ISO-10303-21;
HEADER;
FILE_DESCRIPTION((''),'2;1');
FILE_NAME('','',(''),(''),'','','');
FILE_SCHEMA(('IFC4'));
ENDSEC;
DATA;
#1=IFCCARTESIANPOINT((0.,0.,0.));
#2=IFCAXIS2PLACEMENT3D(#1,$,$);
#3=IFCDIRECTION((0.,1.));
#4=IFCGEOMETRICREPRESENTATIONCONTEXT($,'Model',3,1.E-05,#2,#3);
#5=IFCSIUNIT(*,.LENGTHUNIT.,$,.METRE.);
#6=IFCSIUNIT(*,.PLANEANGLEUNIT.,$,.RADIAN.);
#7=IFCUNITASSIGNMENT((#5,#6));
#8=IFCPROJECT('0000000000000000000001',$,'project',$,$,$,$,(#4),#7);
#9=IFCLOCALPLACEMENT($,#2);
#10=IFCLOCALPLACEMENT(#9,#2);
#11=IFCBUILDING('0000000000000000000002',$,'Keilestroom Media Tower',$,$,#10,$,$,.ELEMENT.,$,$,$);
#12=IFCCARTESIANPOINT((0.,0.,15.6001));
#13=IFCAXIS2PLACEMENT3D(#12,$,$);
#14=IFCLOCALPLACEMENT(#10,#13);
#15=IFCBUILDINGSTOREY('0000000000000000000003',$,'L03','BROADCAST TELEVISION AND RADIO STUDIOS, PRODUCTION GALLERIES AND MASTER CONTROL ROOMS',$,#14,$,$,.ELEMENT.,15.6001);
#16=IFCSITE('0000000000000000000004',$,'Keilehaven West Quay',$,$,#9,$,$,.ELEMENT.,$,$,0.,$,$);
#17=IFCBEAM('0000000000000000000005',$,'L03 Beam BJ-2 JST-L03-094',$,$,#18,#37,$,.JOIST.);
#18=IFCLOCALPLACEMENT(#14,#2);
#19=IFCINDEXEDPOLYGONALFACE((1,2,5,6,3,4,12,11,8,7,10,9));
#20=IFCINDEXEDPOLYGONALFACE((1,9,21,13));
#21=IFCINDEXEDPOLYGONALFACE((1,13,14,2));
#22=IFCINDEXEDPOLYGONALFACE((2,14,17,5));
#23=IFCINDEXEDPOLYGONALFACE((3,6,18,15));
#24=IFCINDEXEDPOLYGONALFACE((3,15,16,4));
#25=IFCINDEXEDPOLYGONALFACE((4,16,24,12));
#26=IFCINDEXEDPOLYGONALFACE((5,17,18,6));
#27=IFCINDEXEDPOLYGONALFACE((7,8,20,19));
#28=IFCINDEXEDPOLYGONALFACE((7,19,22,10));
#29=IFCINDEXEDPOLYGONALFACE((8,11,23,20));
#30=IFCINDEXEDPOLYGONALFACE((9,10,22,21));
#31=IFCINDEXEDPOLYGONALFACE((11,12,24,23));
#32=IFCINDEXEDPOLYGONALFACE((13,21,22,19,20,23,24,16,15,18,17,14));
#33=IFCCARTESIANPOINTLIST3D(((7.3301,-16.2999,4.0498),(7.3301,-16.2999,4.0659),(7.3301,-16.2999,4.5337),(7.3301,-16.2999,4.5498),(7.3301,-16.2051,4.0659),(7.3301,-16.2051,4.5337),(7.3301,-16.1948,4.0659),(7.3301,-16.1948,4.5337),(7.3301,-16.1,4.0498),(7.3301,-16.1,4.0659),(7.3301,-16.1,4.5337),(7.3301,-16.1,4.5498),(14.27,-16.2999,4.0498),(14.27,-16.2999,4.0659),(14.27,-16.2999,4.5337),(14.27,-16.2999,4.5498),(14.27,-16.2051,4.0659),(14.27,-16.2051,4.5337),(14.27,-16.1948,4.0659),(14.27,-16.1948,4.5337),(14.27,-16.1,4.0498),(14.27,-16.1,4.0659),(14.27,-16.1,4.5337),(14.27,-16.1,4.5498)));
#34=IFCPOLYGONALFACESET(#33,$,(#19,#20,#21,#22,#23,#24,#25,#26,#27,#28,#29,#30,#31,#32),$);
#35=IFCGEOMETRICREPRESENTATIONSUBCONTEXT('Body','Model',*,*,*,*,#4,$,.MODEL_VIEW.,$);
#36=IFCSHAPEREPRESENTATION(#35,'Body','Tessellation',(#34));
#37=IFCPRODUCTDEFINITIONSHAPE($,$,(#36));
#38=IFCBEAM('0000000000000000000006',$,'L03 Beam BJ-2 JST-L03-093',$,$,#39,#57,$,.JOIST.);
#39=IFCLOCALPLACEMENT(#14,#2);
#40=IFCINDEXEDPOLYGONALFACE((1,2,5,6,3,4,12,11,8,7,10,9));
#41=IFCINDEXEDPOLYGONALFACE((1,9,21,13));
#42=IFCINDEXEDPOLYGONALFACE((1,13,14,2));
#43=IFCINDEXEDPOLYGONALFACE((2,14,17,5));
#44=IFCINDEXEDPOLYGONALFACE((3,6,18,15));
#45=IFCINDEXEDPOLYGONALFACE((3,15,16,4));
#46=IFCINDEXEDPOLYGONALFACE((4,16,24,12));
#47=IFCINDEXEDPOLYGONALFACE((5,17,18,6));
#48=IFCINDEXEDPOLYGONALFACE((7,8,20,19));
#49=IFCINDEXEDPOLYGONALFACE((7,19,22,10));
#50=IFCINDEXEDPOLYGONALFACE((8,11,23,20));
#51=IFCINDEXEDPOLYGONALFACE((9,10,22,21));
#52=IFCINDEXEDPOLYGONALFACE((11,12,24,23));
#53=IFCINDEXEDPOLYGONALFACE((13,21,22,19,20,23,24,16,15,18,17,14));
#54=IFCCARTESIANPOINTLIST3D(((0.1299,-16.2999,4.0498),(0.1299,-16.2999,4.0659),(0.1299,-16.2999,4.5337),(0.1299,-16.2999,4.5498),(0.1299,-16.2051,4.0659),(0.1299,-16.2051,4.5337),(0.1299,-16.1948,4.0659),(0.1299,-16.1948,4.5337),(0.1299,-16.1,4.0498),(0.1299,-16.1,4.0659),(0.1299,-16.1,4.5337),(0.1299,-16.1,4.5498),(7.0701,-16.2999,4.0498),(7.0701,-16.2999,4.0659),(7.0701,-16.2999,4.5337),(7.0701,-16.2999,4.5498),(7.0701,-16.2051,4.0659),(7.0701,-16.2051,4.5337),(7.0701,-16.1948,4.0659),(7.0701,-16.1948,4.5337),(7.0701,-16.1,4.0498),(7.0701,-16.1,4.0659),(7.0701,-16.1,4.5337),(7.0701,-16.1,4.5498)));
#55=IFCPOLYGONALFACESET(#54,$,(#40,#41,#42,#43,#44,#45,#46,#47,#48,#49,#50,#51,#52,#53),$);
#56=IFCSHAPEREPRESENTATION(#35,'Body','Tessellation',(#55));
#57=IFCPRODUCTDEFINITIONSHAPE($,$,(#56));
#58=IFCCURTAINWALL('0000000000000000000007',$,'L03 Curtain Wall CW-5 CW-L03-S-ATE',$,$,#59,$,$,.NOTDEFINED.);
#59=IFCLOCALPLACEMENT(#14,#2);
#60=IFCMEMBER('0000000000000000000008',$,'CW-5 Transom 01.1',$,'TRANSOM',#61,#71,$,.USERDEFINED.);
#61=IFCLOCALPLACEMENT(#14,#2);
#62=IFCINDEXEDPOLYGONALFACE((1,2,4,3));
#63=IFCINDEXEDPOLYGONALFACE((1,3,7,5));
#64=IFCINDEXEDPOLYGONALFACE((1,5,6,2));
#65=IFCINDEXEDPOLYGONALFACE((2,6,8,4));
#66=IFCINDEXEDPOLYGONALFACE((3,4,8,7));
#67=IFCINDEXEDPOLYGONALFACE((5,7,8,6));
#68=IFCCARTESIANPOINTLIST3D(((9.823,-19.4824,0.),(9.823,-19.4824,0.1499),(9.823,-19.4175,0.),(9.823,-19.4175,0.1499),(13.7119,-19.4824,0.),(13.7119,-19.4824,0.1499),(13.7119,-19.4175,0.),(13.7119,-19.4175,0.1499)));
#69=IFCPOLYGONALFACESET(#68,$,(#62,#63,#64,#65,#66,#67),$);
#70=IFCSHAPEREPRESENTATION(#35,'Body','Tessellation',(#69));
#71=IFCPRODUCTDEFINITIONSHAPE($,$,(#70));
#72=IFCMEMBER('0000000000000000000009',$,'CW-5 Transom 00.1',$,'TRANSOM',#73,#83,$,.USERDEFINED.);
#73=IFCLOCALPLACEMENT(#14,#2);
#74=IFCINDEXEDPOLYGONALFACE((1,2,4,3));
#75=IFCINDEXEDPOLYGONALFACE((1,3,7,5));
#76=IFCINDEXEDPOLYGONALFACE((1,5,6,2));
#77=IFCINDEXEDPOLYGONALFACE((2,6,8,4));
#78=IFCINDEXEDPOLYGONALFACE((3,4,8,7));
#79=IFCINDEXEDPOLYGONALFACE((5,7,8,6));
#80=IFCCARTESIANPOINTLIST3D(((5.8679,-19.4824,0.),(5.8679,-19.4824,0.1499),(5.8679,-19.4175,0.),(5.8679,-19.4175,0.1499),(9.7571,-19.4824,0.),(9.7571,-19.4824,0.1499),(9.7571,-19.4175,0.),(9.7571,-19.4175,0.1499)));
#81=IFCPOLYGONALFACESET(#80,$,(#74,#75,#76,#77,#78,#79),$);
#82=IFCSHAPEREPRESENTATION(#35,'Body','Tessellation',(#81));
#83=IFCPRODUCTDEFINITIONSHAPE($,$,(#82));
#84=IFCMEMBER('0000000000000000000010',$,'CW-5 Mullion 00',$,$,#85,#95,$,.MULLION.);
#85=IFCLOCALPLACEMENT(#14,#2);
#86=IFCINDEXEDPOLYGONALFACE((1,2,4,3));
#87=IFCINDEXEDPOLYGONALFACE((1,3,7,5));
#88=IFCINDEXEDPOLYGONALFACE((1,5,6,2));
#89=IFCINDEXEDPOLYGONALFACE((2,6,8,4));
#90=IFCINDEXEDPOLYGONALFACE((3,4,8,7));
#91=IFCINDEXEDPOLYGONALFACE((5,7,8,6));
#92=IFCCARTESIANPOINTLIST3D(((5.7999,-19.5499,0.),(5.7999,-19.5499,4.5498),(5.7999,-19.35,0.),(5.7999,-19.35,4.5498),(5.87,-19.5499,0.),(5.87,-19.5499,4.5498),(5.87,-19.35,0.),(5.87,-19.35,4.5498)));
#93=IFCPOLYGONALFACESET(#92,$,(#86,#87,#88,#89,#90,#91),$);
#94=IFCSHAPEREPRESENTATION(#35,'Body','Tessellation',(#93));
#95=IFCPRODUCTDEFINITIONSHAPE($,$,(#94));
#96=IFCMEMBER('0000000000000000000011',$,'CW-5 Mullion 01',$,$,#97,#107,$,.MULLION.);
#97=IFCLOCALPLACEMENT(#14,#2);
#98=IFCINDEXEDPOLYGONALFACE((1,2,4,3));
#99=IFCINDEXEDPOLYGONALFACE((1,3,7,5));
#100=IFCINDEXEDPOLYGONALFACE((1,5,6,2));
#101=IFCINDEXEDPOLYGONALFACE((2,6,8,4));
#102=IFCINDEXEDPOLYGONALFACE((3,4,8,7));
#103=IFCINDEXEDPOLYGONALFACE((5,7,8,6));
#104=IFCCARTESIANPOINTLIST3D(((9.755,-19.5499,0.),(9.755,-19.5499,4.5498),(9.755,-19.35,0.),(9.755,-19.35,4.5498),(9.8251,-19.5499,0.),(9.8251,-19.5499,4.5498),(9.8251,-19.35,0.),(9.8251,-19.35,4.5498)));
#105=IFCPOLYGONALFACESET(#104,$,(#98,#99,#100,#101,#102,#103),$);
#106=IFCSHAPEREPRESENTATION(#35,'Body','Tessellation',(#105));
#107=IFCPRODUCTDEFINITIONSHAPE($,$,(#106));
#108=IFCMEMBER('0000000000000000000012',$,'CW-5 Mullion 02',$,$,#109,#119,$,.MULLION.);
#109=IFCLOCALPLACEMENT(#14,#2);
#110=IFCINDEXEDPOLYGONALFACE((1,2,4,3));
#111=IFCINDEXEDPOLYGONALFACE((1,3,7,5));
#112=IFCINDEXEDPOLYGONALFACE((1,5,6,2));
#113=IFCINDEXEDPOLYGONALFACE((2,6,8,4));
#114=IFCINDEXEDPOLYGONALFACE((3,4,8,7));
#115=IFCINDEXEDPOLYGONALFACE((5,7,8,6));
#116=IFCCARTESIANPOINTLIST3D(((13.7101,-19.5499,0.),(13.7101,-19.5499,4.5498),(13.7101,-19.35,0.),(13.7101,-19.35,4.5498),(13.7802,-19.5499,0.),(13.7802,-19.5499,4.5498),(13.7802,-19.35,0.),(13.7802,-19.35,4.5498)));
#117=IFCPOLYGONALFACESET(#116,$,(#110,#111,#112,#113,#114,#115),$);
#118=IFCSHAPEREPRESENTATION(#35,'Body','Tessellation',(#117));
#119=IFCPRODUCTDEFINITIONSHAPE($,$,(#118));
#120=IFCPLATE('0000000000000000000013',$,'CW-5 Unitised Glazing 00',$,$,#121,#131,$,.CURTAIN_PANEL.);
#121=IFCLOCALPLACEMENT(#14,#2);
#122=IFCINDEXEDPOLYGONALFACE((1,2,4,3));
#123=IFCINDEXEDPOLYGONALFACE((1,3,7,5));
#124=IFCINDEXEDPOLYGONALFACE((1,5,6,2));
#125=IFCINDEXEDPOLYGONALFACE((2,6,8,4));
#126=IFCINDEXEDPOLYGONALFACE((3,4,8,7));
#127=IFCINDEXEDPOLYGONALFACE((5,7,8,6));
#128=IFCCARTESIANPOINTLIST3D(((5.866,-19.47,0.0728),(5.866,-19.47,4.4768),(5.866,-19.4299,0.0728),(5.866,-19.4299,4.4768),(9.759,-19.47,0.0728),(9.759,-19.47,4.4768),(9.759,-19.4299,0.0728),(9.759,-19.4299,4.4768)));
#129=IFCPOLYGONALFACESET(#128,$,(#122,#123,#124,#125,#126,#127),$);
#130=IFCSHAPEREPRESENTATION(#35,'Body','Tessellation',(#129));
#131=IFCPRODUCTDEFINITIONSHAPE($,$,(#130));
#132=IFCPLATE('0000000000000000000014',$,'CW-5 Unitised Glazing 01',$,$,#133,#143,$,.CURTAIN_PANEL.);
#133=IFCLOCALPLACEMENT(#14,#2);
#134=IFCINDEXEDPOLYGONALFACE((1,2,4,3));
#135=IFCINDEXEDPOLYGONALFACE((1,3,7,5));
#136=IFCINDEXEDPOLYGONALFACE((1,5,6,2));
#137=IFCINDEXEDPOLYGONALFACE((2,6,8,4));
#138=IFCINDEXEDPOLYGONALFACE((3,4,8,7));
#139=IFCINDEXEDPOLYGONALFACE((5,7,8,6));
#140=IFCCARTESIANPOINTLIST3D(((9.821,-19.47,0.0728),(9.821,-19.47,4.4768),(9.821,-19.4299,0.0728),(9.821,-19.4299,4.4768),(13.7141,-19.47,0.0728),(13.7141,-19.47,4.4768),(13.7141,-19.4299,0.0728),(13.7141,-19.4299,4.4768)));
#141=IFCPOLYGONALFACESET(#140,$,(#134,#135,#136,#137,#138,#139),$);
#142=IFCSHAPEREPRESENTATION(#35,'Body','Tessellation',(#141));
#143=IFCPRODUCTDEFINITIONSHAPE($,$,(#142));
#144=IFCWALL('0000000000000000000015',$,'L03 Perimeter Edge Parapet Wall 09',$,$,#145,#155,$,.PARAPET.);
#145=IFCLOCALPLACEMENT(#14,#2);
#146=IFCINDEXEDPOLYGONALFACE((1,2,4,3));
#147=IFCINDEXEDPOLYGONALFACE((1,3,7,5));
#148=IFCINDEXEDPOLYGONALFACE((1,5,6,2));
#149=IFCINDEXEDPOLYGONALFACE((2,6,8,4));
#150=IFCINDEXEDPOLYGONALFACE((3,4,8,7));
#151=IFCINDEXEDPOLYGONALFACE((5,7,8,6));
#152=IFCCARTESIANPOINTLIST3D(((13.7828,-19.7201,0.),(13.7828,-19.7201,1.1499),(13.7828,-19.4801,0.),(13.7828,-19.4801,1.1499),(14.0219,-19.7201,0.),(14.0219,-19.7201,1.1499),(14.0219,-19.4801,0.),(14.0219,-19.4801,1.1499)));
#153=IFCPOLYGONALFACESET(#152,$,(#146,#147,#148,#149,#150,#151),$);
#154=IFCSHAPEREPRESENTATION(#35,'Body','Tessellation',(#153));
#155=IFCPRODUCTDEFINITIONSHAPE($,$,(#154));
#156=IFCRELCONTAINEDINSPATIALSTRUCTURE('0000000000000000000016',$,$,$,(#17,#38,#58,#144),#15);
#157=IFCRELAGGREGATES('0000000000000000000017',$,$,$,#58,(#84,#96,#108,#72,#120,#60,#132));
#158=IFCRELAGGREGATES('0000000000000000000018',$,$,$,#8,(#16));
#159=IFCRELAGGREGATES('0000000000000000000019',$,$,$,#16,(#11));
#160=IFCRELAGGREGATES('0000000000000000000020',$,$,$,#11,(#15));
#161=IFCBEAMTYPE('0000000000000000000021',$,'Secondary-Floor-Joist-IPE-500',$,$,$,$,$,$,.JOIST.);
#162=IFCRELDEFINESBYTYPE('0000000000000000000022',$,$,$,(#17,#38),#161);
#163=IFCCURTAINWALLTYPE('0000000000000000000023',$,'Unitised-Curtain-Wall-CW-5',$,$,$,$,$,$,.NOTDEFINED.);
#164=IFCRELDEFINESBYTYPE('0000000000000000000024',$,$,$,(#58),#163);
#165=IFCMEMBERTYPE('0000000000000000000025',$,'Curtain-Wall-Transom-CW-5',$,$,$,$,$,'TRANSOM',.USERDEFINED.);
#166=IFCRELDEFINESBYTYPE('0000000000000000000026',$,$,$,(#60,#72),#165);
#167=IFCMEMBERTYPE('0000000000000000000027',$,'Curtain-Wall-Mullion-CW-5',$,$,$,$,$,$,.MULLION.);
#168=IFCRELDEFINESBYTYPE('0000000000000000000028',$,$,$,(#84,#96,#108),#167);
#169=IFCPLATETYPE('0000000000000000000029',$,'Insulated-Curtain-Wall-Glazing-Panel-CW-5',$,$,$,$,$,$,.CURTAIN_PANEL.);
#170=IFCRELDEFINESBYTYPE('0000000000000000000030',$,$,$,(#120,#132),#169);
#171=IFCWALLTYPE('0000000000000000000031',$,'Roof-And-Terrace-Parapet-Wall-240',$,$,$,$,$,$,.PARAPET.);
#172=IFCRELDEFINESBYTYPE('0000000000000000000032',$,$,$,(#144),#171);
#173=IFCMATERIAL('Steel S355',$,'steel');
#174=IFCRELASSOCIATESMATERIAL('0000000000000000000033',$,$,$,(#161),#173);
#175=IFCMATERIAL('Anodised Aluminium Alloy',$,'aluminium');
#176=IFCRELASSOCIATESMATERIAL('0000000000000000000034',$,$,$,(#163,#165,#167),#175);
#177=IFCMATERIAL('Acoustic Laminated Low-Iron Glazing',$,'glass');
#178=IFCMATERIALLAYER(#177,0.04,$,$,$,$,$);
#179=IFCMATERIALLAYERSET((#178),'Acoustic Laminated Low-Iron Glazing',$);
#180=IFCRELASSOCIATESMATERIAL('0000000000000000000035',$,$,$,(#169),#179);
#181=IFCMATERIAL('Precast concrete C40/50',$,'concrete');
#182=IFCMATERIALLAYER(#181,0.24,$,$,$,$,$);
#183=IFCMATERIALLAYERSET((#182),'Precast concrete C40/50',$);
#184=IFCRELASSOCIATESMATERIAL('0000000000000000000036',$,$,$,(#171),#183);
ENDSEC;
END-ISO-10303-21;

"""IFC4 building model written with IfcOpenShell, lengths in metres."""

from ifc_helpers import new_model, si_unit, direction, frame, frame_2d, origin, origin_2d, place, context, subcontext, project, spatial, rectangle, i_section, extrude, source, transform, mapped, material, layer, layer_set, material_profile, profile_set, type_object, element, aggregate, save


model = new_model("IFC4")

# Units and contexts
model_context = context("Model", 3, precision=1e-05, world=origin(), true_north=direction((0.0, 1.0)))
body_context = subcontext(model_context, "Body", "Model", "MODEL_VIEW")
ifc_project = project(units=[si_unit("LENGTHUNIT", "METRE"), si_unit("PLANEANGLEUNIT", "RADIAN")], contexts=[model_context])

# Site, building, storey
site_placement = place(None, origin())
site = spatial("IfcSite", under=ifc_project, at=site_placement, Name="Keilehaven West Quay", CompositionType="ELEMENT", RefElevation=0.0)
building_placement = place(site_placement, origin())
building = spatial("IfcBuilding", under=site, at=building_placement, Name="Keilestroom Media Tower", CompositionType="ELEMENT")
storey_placement = place(building_placement, frame((0.0, 0.0, 15.6001)))
storey = spatial("IfcBuildingStorey", under=building, at=storey_placement, Name="L03", Description="BROADCAST TELEVISION AND RADIO STUDIOS, PRODUCTION GALLERIES AND MASTER CONTROL ROOMS", CompositionType="ELEMENT", Elevation=15.6001)

# Shared definitions
ifc_material_1 = material(Name="Precast concrete C40/50", Category="concrete")

# Beams
ifc_material_2 = material(Name="Steel S355", Category="steel")
ifc_material_profile_1 = material_profile(ifc_material_2, i_section(OverallWidth=0.2, OverallDepth=0.5, WebThickness=0.0103, FlangeThickness=0.0161, at=origin_2d()), Name="IPE 500")
ifc_profile_set_1 = profile_set([ifc_material_profile_1], Name="Steel S355")
beam_type_1 = type_object("IfcBeamType", Name="Secondary-Floor-Joist-IPE-500", PredefinedType="JOIST", material=ifc_profile_set_1)
shared_shape_1 = source(origin(), body_context, "Body", "SweptSolid", [
    extrude(i_section(OverallWidth=0.2, OverallDepth=0.5, WebThickness=0.0103, FlangeThickness=0.0161, at=origin_2d()), origin(), (0.0, 0.0, 1.0), 6.9399),
])
beam_1_placement = place(storey_placement, frame((7.3301, -16.2, 4.2998), z_axis=(1.0, 0.0, 0.0), x_axis=(0.0, 1.0, 0.0)))
element("IfcBeam", 1, at=beam_1_placement, inside=storey, type_object=beam_type_1, Name="L03 Beam BJ-2 JST-L03-094", PredefinedType="JOIST", context=body_context, shape_type="MappedRepresentation", body=[
    mapped(shared_shape_1, transform((0.0, 0.0, 0.0), x_axis=(1.0, 0.0, 0.0), y_axis=(0.0, 1.0, 0.0), z_axis=(0.0, 0.0, 1.0), scale=1.0)),
])
shared_shape_2 = source(origin(), body_context, "Body", "SweptSolid", [
    extrude(i_section(OverallWidth=0.2, OverallDepth=0.5, WebThickness=0.0103, FlangeThickness=0.0161, at=origin_2d()), origin(), (0.0, 0.0, 1.0), 6.9402),
])
beam_2_placement = place(storey_placement, frame((0.1299, -16.2, 4.2998), z_axis=(1.0, 0.0, 0.0), x_axis=(0.0, 1.0, 0.0)))
element("IfcBeam", 2, at=beam_2_placement, inside=storey, type_object=beam_type_1, Name="L03 Beam BJ-2 JST-L03-093", PredefinedType="JOIST", context=body_context, shape_type="MappedRepresentation", body=[
    mapped(shared_shape_2, transform((0.0, 0.0, 0.0), x_axis=(1.0, 0.0, 0.0), y_axis=(0.0, 1.0, 0.0), z_axis=(0.0, 0.0, 1.0), scale=1.0)),
])

# Curtain wall, members, plates
ifc_material_3 = material(Name="Anodised Aluminium Alloy", Category="aluminium")
curtain_wall_type = type_object("IfcCurtainWallType", Name="Unitised-Curtain-Wall-CW-5", PredefinedType="NOTDEFINED", material=ifc_material_3)
curtain_wall_placement = place(storey_placement, origin())
curtain_wall = element("IfcCurtainWall", 3, at=curtain_wall_placement, inside=storey, type_object=curtain_wall_type, Name="L03 Curtain Wall CW-5 CW-L03-S-ATE", PredefinedType="NOTDEFINED")
ifc_material_profile_2 = material_profile(ifc_material_3, rectangle(XDim=0.0649, YDim=0.1499, at=origin_2d()), Name="ALU TRANSOM 65x150")
ifc_profile_set_2 = profile_set([ifc_material_profile_2], Name="Anodised Aluminium Alloy")
member_type_1 = type_object("IfcMemberType", Name="Curtain-Wall-Transom-CW-5", ElementType="TRANSOM", PredefinedType="USERDEFINED", material=ifc_profile_set_2)
shared_shape_3 = source(origin(), body_context, "Body", "SweptSolid", [
    extrude(rectangle(XDim=0.0649, YDim=0.1499, at=origin_2d()), origin(), (0.0, 0.0, 1.0), 3.8889),
])
member_1_placement = place(storey_placement, frame((9.823, -19.45, 0.075), z_axis=(1.0, 0.0, 0.0), x_axis=(0.0, 1.0, 0.0)))
member_1 = element("IfcMember", 4, at=member_1_placement, type_object=member_type_1, Name="CW-5 Transom 01.1", ObjectType="TRANSOM", PredefinedType="USERDEFINED", context=body_context, shape_type="MappedRepresentation", body=[
    mapped(shared_shape_3, transform((0.0, 0.0, 0.0), x_axis=(1.0, 0.0, 0.0), y_axis=(0.0, 1.0, 0.0), z_axis=(0.0, 0.0, 1.0), scale=1.0)),
])
shared_shape_4 = source(origin(), body_context, "Body", "SweptSolid", [
    extrude(rectangle(XDim=0.0649, YDim=0.1499, at=origin_2d()), origin(), (0.0, 0.0, 1.0), 3.8892),
])
member_2_placement = place(storey_placement, frame((5.8679, -19.45, 0.075), z_axis=(1.0, 0.0, 0.0), x_axis=(0.0, 1.0, 0.0)))
member_2 = element("IfcMember", 5, at=member_2_placement, type_object=member_type_1, Name="CW-5 Transom 00.1", ObjectType="TRANSOM", PredefinedType="USERDEFINED", context=body_context, shape_type="MappedRepresentation", body=[
    mapped(shared_shape_4, transform((0.0, 0.0, 0.0), x_axis=(1.0, 0.0, 0.0), y_axis=(0.0, 1.0, 0.0), z_axis=(0.0, 0.0, 1.0), scale=1.0)),
])
ifc_material_profile_3 = material_profile(ifc_material_3, rectangle(XDim=0.0701, YDim=0.2, at=origin_2d()), Name="ALU MULLION 70x200")
ifc_profile_set_3 = profile_set([ifc_material_profile_3], Name="Anodised Aluminium Alloy")
member_type_2 = type_object("IfcMemberType", Name="Curtain-Wall-Mullion-CW-5", PredefinedType="MULLION", material=ifc_profile_set_3)
shared_shape_5 = source(origin(), body_context, "Body", "SweptSolid", [
    extrude(rectangle(XDim=0.0701, YDim=0.2, at=origin_2d()), origin(), (0.0, 0.0, 1.0), 4.5498),
])
member_3_placement = place(storey_placement, frame((5.835, -19.45, 0.0), z_axis=(0.0, 0.0, 1.0), x_axis=(1.0, 0.0, 0.0)))
member_3 = element("IfcMember", 6, at=member_3_placement, type_object=member_type_2, Name="CW-5 Mullion 00", PredefinedType="MULLION", context=body_context, shape_type="MappedRepresentation", body=[
    mapped(shared_shape_5, transform((0.0, 0.0, 0.0), x_axis=(1.0, 0.0, 0.0), y_axis=(0.0, 1.0, 0.0), z_axis=(0.0, 0.0, 1.0), scale=1.0)),
])
member_4_placement = place(storey_placement, frame((9.79, -19.45, 0.0), z_axis=(0.0, 0.0, 1.0), x_axis=(1.0, 0.0, 0.0)))
member_4 = element("IfcMember", 7, at=member_4_placement, type_object=member_type_2, Name="CW-5 Mullion 01", PredefinedType="MULLION", context=body_context, shape_type="MappedRepresentation", body=[
    mapped(shared_shape_5, transform((0.0, 0.0, 0.0), x_axis=(1.0, 0.0, 0.0), y_axis=(0.0, 1.0, 0.0), z_axis=(0.0, 0.0, 1.0), scale=1.0)),
])
member_5_placement = place(storey_placement, frame((13.7451, -19.45, 0.0), z_axis=(0.0, 0.0, 1.0), x_axis=(1.0, 0.0, 0.0)))
member_5 = element("IfcMember", 8, at=member_5_placement, type_object=member_type_2, Name="CW-5 Mullion 02", PredefinedType="MULLION", context=body_context, shape_type="MappedRepresentation", body=[
    mapped(shared_shape_5, transform((0.0, 0.0, 0.0), x_axis=(1.0, 0.0, 0.0), y_axis=(0.0, 1.0, 0.0), z_axis=(0.0, 0.0, 1.0), scale=1.0)),
])
ifc_material_4 = material(Name="Acoustic Laminated Low-Iron Glazing", Category="glass")
ifc_layer_1 = layer(ifc_material_4, 0.04)
ifc_layer_set_1 = layer_set([ifc_layer_1], Name="Acoustic Laminated Low-Iron Glazing")
plate_type = type_object("IfcPlateType", Name="Insulated-Curtain-Wall-Glazing-Panel-CW-5", PredefinedType="CURTAIN_PANEL", material=ifc_layer_set_1)
shared_shape_6 = source(origin(), body_context, "Body", "SweptSolid", [
    extrude(rectangle(XDim=3.8931, YDim=0.04, at=origin_2d()), origin(), (0.0, 0.0, 1.0), 4.4041),
])
plate_1_placement = place(storey_placement, frame((7.8125, -19.45, 0.0728), z_axis=(0.0, 0.0, 1.0), x_axis=(1.0, 0.0, 0.0)))
plate_1 = element("IfcPlate", 9, at=plate_1_placement, type_object=plate_type, Name="CW-5 Unitised Glazing 00", PredefinedType="CURTAIN_PANEL", context=body_context, shape_type="MappedRepresentation", body=[
    mapped(shared_shape_6, transform((0.0, 0.0, 0.0), x_axis=(1.0, 0.0, 0.0), y_axis=(0.0, 1.0, 0.0), z_axis=(0.0, 0.0, 1.0), scale=1.0)),
])
plate_2_placement = place(storey_placement, frame((11.7676, -19.45, 0.0728), z_axis=(0.0, 0.0, 1.0), x_axis=(1.0, 0.0, 0.0)))
plate_2 = element("IfcPlate", 10, at=plate_2_placement, type_object=plate_type, Name="CW-5 Unitised Glazing 01", PredefinedType="CURTAIN_PANEL", context=body_context, shape_type="MappedRepresentation", body=[
    mapped(shared_shape_6, transform((0.0, 0.0, 0.0), x_axis=(1.0, 0.0, 0.0), y_axis=(0.0, 1.0, 0.0), z_axis=(0.0, 0.0, 1.0), scale=1.0)),
])
aggregate(curtain_wall, [member_3, member_4, member_5, member_2, plate_1, member_1, plate_2])

# Wall
ifc_layer_2 = layer(ifc_material_1, 0.24)
ifc_layer_set_2 = layer_set([ifc_layer_2], Name="Precast concrete C40/50")
wall_type = type_object("IfcWallType", Name="Roof-And-Terrace-Parapet-Wall-240", PredefinedType="PARAPET", material=ifc_layer_set_2)
wall_placement = place(storey_placement, frame((14.022, -19.6001, 0.0), z_axis=(0.0, 0.0, 1.0), x_axis=(-1.0, 0.0, 0.0)))
element("IfcWall", 11, at=wall_placement, inside=storey, type_object=wall_type, Name="L03 Perimeter Edge Parapet Wall 09", PredefinedType="PARAPET", context=body_context, shape_type="SweptSolid", body=[
    extrude(rectangle(XDim=0.239, YDim=0.24, at=frame_2d((0.1196, 0.0))), origin(), (0.0, 0.0, 1.0), 1.1499),
])

save(model, "model.ifc")
